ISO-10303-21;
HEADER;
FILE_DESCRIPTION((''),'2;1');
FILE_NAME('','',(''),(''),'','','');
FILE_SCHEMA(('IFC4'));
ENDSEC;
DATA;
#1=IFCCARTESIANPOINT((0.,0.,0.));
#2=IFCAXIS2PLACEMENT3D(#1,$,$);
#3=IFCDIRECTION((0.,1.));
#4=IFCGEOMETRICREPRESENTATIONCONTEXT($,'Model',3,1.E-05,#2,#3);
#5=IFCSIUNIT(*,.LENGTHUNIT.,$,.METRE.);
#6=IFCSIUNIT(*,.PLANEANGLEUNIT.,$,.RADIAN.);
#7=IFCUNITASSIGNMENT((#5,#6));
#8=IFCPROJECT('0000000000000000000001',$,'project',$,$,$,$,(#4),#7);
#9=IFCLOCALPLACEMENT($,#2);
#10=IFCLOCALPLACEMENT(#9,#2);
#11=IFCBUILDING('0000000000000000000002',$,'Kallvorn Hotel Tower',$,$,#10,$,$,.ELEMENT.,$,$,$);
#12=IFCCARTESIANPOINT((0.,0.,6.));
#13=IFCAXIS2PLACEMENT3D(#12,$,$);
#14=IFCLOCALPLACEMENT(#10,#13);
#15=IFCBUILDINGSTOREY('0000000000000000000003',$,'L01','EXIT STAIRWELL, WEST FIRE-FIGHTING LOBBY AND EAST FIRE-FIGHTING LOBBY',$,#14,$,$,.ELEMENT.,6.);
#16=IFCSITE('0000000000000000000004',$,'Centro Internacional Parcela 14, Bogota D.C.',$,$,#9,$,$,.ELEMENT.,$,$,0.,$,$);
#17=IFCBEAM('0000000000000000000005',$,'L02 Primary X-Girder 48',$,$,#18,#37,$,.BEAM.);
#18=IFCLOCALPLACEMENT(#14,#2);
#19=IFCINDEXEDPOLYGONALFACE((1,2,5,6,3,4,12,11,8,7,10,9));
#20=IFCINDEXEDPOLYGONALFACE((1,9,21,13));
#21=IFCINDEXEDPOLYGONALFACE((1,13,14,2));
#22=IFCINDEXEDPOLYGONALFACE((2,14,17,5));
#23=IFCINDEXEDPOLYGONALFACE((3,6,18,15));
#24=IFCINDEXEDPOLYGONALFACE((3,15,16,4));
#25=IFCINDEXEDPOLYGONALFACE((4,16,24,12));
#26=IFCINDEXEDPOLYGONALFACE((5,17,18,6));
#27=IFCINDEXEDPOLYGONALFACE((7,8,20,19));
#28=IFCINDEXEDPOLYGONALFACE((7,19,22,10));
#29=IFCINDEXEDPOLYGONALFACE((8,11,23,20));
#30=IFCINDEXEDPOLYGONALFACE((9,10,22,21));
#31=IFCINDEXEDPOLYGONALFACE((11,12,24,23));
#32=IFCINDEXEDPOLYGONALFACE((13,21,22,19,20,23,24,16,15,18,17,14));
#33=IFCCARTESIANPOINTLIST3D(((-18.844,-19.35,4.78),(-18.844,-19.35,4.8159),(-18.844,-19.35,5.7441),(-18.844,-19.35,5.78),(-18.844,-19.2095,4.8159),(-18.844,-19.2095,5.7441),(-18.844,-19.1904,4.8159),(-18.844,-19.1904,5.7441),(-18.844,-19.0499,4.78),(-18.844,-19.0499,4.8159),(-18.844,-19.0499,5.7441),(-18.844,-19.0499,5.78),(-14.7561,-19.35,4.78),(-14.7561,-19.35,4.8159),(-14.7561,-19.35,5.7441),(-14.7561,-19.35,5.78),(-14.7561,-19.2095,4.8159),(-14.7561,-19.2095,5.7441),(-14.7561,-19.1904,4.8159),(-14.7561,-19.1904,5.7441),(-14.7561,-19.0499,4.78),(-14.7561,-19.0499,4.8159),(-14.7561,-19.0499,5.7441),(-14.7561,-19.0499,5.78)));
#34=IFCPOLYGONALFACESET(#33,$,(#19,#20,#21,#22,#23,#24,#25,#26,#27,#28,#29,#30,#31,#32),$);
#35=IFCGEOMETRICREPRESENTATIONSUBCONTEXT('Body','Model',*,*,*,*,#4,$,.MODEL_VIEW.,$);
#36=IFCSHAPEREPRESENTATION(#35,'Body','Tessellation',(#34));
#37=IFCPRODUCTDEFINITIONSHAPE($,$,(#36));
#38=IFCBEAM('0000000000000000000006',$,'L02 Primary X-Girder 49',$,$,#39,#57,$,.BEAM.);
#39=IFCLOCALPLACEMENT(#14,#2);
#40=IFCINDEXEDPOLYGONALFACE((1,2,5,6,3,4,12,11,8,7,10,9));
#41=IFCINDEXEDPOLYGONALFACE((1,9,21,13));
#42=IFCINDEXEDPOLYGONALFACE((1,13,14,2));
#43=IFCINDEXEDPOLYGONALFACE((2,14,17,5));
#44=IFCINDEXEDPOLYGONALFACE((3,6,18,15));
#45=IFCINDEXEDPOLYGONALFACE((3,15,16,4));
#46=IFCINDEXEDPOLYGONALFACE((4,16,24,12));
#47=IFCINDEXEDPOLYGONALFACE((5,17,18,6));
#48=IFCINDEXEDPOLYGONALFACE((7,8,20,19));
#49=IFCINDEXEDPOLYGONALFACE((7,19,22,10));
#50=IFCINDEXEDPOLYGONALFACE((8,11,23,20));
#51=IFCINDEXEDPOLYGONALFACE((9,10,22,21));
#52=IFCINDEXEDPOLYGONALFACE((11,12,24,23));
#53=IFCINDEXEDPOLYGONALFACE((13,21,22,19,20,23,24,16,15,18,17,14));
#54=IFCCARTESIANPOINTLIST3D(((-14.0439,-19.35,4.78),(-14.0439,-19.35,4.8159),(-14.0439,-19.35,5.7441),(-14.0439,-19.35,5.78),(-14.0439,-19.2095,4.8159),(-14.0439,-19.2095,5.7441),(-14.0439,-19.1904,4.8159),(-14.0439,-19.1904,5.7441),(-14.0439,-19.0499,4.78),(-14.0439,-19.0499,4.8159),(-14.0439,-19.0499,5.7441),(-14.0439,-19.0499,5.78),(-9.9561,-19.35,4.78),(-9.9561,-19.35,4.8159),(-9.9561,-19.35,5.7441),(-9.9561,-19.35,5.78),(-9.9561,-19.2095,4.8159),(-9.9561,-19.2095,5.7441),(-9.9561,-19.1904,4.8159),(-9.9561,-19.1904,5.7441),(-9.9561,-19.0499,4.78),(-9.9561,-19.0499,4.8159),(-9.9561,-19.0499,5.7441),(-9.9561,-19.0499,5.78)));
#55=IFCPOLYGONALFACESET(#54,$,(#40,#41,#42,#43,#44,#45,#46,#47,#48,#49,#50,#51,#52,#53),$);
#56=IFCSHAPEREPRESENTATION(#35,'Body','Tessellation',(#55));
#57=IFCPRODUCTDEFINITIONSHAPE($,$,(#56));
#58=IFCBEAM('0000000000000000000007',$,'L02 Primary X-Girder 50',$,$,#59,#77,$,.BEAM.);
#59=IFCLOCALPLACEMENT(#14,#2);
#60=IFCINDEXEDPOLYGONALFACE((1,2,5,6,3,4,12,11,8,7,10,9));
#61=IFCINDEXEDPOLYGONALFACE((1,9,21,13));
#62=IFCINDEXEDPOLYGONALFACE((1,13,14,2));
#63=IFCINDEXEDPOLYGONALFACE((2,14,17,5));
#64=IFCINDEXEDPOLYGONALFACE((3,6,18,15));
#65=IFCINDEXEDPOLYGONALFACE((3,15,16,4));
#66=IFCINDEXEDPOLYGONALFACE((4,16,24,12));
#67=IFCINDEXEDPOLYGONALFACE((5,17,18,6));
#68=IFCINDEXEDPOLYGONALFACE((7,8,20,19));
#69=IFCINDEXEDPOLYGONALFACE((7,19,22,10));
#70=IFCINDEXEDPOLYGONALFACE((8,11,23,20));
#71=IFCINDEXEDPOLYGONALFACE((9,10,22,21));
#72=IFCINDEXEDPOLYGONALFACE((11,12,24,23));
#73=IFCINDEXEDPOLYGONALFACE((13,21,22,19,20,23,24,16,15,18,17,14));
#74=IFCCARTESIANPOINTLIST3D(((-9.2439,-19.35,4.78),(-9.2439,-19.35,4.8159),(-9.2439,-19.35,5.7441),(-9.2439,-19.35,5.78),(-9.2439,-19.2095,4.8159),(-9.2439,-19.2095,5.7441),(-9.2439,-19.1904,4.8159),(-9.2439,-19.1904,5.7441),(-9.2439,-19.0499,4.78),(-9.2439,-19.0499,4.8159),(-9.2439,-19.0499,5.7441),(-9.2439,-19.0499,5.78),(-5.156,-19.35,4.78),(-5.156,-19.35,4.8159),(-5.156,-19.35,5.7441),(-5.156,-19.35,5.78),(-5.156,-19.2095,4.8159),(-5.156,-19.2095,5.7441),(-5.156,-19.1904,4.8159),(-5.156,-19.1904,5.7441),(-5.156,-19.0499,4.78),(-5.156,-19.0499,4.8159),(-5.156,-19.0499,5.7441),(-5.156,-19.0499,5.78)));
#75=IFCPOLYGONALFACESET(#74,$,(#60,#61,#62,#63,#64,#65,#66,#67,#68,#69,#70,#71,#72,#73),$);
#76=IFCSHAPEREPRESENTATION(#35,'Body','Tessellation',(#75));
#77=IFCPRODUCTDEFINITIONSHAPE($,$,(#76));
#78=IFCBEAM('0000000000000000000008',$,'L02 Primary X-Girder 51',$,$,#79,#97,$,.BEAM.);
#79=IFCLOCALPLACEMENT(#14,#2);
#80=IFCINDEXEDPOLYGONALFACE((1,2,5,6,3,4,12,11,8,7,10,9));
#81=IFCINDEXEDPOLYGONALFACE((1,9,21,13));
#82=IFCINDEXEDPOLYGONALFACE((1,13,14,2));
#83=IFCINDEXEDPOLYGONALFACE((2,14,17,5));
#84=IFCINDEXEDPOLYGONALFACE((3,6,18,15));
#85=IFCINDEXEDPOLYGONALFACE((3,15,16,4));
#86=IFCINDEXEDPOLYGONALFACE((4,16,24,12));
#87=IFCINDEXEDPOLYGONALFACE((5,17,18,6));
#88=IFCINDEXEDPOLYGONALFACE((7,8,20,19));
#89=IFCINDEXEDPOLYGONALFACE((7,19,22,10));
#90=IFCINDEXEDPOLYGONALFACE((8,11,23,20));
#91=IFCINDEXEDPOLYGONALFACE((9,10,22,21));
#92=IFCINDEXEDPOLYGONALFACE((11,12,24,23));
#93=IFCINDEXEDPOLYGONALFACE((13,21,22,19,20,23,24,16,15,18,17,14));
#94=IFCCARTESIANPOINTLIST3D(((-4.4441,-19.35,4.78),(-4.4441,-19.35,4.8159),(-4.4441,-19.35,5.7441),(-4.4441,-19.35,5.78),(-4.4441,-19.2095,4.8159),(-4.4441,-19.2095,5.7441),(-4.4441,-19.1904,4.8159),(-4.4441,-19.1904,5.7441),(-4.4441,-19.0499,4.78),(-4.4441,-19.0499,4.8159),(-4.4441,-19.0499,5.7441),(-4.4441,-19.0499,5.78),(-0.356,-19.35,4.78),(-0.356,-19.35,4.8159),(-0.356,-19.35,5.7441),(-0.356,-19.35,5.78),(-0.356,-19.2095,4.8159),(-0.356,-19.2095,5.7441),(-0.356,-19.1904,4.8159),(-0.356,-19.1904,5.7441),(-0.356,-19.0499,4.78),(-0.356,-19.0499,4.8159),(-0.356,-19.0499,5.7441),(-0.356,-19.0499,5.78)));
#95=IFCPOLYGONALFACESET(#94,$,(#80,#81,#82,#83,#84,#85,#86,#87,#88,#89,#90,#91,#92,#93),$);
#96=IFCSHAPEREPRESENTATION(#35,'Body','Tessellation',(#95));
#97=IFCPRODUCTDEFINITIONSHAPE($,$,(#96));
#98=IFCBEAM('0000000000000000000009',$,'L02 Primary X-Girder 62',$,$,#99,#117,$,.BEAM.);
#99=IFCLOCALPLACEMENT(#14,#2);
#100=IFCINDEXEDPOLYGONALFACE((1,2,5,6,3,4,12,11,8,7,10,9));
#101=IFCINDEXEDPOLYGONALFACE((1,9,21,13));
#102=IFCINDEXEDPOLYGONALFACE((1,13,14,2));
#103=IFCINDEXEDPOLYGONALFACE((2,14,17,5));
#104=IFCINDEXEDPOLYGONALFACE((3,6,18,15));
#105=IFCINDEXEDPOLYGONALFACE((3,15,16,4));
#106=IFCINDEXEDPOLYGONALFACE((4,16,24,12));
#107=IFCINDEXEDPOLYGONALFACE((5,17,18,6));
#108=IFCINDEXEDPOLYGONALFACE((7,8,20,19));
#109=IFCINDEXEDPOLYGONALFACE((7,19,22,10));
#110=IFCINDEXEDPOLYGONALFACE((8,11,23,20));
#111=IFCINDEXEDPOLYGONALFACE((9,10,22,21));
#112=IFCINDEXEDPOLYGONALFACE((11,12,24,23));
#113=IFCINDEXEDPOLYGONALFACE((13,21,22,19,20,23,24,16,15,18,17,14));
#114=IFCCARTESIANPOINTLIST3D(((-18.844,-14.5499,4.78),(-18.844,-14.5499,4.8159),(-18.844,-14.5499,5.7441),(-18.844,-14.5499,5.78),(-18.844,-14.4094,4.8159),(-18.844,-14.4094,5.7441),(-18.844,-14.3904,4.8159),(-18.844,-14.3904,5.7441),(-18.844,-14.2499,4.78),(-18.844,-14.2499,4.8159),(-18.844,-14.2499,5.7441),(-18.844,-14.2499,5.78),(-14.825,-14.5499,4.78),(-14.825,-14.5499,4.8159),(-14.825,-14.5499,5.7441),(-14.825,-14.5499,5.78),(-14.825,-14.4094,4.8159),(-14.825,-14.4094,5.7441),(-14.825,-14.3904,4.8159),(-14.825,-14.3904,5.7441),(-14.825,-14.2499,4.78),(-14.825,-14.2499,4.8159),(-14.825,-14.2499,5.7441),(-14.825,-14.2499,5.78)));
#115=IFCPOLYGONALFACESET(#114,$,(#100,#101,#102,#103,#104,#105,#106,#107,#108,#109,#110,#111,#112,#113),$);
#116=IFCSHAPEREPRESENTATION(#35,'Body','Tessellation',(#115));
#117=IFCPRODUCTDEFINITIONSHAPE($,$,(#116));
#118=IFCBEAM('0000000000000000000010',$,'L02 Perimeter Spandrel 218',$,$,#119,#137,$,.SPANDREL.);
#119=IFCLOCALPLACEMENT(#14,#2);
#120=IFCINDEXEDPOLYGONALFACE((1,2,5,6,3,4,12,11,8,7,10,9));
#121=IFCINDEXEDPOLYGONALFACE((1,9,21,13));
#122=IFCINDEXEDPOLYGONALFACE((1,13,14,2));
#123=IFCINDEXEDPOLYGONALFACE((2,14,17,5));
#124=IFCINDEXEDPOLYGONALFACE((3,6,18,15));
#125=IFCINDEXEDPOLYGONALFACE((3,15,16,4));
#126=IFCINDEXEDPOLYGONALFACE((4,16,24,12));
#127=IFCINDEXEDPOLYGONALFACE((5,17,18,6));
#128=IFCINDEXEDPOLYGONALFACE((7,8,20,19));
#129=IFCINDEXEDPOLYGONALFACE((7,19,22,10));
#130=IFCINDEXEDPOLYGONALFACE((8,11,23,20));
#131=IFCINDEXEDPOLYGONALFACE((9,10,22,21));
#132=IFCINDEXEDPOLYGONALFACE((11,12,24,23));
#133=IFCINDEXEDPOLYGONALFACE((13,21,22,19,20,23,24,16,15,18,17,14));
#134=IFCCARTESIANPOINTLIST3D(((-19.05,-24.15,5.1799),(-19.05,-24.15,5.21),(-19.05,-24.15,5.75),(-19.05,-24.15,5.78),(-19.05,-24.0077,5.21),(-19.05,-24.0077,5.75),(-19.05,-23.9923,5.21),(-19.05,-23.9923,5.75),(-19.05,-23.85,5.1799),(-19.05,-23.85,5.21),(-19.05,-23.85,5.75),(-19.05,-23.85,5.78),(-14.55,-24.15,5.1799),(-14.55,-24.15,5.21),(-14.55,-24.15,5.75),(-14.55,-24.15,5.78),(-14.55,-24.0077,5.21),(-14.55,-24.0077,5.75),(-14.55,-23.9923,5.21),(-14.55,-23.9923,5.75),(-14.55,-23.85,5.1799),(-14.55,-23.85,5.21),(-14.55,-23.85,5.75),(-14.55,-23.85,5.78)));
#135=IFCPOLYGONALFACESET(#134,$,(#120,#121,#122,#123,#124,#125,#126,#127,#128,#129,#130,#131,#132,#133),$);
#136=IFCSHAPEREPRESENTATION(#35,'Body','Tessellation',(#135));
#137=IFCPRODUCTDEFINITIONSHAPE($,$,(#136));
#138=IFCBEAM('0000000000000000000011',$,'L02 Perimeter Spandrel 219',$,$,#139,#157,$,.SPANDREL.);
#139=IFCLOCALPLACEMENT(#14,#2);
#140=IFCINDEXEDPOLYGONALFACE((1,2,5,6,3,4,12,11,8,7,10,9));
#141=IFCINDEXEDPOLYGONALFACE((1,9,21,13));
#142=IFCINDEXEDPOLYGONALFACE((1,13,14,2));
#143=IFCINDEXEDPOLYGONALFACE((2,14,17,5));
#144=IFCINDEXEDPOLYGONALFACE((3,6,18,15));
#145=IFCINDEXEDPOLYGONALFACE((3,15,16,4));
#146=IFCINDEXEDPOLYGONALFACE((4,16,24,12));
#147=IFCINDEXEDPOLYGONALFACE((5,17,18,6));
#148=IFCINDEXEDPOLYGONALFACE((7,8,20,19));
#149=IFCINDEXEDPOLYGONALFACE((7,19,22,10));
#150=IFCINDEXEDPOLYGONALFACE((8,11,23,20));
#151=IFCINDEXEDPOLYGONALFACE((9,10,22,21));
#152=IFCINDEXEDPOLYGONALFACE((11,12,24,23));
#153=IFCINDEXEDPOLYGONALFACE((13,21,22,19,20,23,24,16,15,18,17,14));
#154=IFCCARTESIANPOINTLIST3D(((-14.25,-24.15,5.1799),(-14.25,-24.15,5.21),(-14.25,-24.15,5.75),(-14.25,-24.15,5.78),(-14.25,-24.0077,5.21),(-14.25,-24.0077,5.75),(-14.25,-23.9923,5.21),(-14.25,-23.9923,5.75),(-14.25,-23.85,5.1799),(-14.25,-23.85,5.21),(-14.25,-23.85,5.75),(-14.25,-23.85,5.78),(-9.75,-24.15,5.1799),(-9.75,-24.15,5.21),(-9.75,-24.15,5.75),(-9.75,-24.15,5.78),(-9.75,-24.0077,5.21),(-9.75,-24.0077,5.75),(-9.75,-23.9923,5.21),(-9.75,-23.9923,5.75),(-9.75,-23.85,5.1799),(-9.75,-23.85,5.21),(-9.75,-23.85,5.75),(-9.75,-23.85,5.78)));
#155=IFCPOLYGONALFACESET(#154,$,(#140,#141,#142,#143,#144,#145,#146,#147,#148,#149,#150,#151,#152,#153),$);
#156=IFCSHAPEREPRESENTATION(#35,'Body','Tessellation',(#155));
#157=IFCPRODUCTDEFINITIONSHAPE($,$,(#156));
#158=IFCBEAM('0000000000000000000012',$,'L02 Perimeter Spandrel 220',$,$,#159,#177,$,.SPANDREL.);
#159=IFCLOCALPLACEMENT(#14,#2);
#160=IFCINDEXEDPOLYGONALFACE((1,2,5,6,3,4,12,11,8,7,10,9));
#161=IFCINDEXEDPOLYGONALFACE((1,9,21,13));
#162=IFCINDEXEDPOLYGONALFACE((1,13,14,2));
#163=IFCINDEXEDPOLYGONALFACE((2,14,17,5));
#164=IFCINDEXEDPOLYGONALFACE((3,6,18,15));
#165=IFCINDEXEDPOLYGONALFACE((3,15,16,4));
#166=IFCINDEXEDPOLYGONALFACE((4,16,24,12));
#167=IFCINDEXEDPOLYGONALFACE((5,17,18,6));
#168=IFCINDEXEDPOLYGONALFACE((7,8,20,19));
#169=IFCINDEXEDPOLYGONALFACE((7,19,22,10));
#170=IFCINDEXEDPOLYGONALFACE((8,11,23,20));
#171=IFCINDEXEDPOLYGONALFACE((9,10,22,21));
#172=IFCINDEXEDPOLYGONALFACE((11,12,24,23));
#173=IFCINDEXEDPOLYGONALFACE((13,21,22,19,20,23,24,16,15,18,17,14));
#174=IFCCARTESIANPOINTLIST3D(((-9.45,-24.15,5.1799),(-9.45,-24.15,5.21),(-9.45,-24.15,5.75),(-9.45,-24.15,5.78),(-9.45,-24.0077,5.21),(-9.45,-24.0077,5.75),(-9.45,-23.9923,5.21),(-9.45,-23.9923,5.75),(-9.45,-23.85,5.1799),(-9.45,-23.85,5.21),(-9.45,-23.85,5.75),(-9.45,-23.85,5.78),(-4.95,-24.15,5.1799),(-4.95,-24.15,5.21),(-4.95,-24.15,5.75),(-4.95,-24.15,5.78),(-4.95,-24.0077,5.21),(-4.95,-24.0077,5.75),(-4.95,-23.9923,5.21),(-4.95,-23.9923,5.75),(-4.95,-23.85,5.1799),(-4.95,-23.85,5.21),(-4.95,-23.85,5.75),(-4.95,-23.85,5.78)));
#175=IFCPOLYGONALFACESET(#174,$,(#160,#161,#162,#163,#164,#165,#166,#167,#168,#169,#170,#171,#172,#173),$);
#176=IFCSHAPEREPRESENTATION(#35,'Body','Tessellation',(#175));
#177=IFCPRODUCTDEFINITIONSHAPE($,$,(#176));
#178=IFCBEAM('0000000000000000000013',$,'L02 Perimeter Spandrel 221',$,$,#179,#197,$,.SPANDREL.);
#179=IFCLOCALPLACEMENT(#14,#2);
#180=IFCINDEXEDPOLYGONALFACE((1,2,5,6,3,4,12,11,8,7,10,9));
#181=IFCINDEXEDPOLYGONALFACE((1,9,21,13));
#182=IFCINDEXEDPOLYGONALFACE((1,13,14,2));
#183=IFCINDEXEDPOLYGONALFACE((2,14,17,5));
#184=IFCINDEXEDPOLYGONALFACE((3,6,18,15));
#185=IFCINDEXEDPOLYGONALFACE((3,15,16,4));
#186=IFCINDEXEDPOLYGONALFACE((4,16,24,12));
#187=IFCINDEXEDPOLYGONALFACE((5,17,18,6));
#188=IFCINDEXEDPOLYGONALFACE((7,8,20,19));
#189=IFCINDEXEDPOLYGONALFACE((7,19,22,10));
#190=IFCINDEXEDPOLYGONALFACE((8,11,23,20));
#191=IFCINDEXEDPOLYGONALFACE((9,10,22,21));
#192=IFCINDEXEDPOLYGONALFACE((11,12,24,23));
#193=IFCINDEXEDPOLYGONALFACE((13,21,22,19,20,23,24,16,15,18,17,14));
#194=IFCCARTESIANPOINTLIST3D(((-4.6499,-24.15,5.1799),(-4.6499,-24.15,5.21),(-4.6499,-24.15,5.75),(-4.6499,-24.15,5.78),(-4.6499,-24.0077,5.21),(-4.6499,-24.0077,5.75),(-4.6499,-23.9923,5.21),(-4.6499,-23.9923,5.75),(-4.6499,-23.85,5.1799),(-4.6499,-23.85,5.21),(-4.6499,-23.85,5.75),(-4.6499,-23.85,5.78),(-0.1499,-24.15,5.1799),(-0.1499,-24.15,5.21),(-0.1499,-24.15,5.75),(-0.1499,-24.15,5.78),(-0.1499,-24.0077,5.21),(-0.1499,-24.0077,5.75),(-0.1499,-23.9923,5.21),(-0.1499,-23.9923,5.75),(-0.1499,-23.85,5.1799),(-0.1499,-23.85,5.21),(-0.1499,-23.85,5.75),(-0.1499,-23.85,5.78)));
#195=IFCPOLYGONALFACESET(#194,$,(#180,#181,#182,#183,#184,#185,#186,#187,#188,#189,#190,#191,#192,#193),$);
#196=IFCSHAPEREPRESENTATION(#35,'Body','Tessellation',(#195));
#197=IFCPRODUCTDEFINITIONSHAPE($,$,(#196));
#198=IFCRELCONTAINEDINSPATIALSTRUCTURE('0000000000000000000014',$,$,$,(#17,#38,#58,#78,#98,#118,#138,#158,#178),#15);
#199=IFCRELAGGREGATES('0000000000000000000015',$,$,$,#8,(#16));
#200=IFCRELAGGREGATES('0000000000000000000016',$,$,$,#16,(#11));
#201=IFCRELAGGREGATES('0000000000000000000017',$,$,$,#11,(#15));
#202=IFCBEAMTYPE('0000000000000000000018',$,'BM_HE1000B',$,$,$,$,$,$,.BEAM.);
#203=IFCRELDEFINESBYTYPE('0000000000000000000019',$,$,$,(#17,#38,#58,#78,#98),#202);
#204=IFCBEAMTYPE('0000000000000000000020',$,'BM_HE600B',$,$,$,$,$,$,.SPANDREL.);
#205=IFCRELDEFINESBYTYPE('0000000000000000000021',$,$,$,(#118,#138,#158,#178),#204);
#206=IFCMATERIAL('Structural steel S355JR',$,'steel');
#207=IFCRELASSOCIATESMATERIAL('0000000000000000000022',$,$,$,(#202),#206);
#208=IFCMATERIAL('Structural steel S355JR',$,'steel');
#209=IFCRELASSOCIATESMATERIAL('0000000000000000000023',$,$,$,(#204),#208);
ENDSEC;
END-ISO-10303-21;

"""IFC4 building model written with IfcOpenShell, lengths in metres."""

from ifc_helpers import new_model, si_unit, direction, frame, origin, origin_2d, place, context, subcontext, project, spatial, i_section, extrude, material, material_profile, profile_set, type_object, element, save


model = new_model("IFC4")

# Units and contexts
model_context = context("Model", 3, precision=1e-05, world=origin(), true_north=direction((0.0, 1.0)))
body_context = subcontext(model_context, "Body", "Model", "MODEL_VIEW")
ifc_project = project(units=[si_unit("LENGTHUNIT", "METRE"), si_unit("PLANEANGLEUNIT", "RADIAN")], contexts=[model_context])

# Site, building, storey
site_placement = place(None, origin())
site = spatial("IfcSite", under=ifc_project, at=site_placement, Name="Centro Internacional Parcela 14, Bogota D.C.", CompositionType="ELEMENT", RefElevation=0.0)
building_placement = place(site_placement, origin())
building = spatial("IfcBuilding", under=site, at=building_placement, Name="Kallvorn Hotel Tower", CompositionType="ELEMENT")
storey_placement = place(building_placement, frame((0.0, 0.0, 6.0)))
storey = spatial("IfcBuildingStorey", under=building, at=storey_placement, Name="L01", Description="EXIT STAIRWELL, WEST FIRE-FIGHTING LOBBY AND EAST FIRE-FIGHTING LOBBY", CompositionType="ELEMENT", Elevation=6.0)

# Beams
ifc_material_1 = material(Name="Structural steel S355JR", Category="steel")
ifc_material_profile_1 = material_profile(ifc_material_1, i_section(OverallWidth=0.3, OverallDepth=1.0, WebThickness=0.019, FlangeThickness=0.0359, at=origin_2d()), Name="HE 1000 B")
ifc_profile_set_1 = profile_set([ifc_material_profile_1], Name="Structural steel S355JR")
beam_type_1 = type_object("IfcBeamType", Name="BM_HE1000B", PredefinedType="BEAM", material=ifc_profile_set_1)
for number, where, z_axis, x_axis, name in (
    (1, (-18.844, -19.2, 5.28), (1.0, 0.0, 0.0), (0.0, 1.0, 0.0), "L02 Primary X-Girder 48"),
    (2, (-14.0439, -19.2, 5.28), (1.0, 0.0, 0.0), (0.0, 1.0, 0.0), "L02 Primary X-Girder 49"),
    (3, (-9.2439, -19.2, 5.28), (1.0, 0.0, 0.0), (0.0, 1.0, 0.0), "L02 Primary X-Girder 50"),
):
    element("IfcBeam", number, at=place(storey_placement, frame(where, z_axis=z_axis, x_axis=x_axis)), inside=storey, type_object=beam_type_1, Name=name, PredefinedType="BEAM", context=body_context, shape_type="SweptSolid", body=[
        extrude(i_section(OverallWidth=0.3, OverallDepth=1.0, WebThickness=0.019, FlangeThickness=0.0359, at=origin_2d()), origin(), (0.0, 0.0, 1.0), 4.0879),
    ])
beam_1_placement = place(storey_placement, frame((-4.4441, -19.2, 5.28), z_axis=(1.0, 0.0, 0.0), x_axis=(0.0, 1.0, 0.0)))
element("IfcBeam", 4, at=beam_1_placement, inside=storey, type_object=beam_type_1, Name="L02 Primary X-Girder 51", PredefinedType="BEAM", context=body_context, shape_type="SweptSolid", body=[
    extrude(i_section(OverallWidth=0.3, OverallDepth=1.0, WebThickness=0.019, FlangeThickness=0.0359, at=origin_2d()), origin(), (0.0, 0.0, 1.0), 4.0881),
])
beam_2_placement = place(storey_placement, frame((-18.844, -14.3999, 5.28), z_axis=(1.0, 0.0, 0.0), x_axis=(0.0, 1.0, 0.0)))
element("IfcBeam", 5, at=beam_2_placement, inside=storey, type_object=beam_type_1, Name="L02 Primary X-Girder 62", PredefinedType="BEAM", context=body_context, shape_type="SweptSolid", body=[
    extrude(i_section(OverallWidth=0.3, OverallDepth=1.0, WebThickness=0.019, FlangeThickness=0.0359, at=origin_2d()), origin(), (0.0, 0.0, 1.0), 4.019),
])
ifc_material_2 = material(Name="Structural steel S355JR", Category="steel")
ifc_material_profile_2 = material_profile(ifc_material_2, i_section(OverallWidth=0.3, OverallDepth=0.6001, WebThickness=0.0154, FlangeThickness=0.03, at=origin_2d()), Name="HE 600 B")
ifc_profile_set_2 = profile_set([ifc_material_profile_2], Name="Structural steel S355JR")
beam_type_2 = type_object("IfcBeamType", Name="BM_HE600B", PredefinedType="SPANDREL", material=ifc_profile_set_2)
for number, where, z_axis, x_axis, name in (
    (6, (-19.05, -24.0, 5.48), (1.0, 0.0, 0.0), (0.0, 1.0, 0.0), "L02 Perimeter Spandrel 218"),
    (7, (-14.25, -24.0, 5.48), (1.0, 0.0, 0.0), (0.0, 1.0, 0.0), "L02 Perimeter Spandrel 219"),
    (8, (-9.45, -24.0, 5.48), (1.0, 0.0, 0.0), (0.0, 1.0, 0.0), "L02 Perimeter Spandrel 220"),
    (9, (-4.6499, -24.0, 5.48), (1.0, 0.0, 0.0), (0.0, 1.0, 0.0), "L02 Perimeter Spandrel 221"),
):
    element("IfcBeam", number, at=place(storey_placement, frame(where, z_axis=z_axis, x_axis=x_axis)), inside=storey, type_object=beam_type_2, Name=name, PredefinedType="SPANDREL", context=body_context, shape_type="SweptSolid", body=[
        extrude(i_section(OverallWidth=0.3, OverallDepth=0.6001, WebThickness=0.0154, FlangeThickness=0.03, at=origin_2d()), origin(), (0.0, 0.0, 1.0), 4.5),
    ])

save(model, "model.ifc")
